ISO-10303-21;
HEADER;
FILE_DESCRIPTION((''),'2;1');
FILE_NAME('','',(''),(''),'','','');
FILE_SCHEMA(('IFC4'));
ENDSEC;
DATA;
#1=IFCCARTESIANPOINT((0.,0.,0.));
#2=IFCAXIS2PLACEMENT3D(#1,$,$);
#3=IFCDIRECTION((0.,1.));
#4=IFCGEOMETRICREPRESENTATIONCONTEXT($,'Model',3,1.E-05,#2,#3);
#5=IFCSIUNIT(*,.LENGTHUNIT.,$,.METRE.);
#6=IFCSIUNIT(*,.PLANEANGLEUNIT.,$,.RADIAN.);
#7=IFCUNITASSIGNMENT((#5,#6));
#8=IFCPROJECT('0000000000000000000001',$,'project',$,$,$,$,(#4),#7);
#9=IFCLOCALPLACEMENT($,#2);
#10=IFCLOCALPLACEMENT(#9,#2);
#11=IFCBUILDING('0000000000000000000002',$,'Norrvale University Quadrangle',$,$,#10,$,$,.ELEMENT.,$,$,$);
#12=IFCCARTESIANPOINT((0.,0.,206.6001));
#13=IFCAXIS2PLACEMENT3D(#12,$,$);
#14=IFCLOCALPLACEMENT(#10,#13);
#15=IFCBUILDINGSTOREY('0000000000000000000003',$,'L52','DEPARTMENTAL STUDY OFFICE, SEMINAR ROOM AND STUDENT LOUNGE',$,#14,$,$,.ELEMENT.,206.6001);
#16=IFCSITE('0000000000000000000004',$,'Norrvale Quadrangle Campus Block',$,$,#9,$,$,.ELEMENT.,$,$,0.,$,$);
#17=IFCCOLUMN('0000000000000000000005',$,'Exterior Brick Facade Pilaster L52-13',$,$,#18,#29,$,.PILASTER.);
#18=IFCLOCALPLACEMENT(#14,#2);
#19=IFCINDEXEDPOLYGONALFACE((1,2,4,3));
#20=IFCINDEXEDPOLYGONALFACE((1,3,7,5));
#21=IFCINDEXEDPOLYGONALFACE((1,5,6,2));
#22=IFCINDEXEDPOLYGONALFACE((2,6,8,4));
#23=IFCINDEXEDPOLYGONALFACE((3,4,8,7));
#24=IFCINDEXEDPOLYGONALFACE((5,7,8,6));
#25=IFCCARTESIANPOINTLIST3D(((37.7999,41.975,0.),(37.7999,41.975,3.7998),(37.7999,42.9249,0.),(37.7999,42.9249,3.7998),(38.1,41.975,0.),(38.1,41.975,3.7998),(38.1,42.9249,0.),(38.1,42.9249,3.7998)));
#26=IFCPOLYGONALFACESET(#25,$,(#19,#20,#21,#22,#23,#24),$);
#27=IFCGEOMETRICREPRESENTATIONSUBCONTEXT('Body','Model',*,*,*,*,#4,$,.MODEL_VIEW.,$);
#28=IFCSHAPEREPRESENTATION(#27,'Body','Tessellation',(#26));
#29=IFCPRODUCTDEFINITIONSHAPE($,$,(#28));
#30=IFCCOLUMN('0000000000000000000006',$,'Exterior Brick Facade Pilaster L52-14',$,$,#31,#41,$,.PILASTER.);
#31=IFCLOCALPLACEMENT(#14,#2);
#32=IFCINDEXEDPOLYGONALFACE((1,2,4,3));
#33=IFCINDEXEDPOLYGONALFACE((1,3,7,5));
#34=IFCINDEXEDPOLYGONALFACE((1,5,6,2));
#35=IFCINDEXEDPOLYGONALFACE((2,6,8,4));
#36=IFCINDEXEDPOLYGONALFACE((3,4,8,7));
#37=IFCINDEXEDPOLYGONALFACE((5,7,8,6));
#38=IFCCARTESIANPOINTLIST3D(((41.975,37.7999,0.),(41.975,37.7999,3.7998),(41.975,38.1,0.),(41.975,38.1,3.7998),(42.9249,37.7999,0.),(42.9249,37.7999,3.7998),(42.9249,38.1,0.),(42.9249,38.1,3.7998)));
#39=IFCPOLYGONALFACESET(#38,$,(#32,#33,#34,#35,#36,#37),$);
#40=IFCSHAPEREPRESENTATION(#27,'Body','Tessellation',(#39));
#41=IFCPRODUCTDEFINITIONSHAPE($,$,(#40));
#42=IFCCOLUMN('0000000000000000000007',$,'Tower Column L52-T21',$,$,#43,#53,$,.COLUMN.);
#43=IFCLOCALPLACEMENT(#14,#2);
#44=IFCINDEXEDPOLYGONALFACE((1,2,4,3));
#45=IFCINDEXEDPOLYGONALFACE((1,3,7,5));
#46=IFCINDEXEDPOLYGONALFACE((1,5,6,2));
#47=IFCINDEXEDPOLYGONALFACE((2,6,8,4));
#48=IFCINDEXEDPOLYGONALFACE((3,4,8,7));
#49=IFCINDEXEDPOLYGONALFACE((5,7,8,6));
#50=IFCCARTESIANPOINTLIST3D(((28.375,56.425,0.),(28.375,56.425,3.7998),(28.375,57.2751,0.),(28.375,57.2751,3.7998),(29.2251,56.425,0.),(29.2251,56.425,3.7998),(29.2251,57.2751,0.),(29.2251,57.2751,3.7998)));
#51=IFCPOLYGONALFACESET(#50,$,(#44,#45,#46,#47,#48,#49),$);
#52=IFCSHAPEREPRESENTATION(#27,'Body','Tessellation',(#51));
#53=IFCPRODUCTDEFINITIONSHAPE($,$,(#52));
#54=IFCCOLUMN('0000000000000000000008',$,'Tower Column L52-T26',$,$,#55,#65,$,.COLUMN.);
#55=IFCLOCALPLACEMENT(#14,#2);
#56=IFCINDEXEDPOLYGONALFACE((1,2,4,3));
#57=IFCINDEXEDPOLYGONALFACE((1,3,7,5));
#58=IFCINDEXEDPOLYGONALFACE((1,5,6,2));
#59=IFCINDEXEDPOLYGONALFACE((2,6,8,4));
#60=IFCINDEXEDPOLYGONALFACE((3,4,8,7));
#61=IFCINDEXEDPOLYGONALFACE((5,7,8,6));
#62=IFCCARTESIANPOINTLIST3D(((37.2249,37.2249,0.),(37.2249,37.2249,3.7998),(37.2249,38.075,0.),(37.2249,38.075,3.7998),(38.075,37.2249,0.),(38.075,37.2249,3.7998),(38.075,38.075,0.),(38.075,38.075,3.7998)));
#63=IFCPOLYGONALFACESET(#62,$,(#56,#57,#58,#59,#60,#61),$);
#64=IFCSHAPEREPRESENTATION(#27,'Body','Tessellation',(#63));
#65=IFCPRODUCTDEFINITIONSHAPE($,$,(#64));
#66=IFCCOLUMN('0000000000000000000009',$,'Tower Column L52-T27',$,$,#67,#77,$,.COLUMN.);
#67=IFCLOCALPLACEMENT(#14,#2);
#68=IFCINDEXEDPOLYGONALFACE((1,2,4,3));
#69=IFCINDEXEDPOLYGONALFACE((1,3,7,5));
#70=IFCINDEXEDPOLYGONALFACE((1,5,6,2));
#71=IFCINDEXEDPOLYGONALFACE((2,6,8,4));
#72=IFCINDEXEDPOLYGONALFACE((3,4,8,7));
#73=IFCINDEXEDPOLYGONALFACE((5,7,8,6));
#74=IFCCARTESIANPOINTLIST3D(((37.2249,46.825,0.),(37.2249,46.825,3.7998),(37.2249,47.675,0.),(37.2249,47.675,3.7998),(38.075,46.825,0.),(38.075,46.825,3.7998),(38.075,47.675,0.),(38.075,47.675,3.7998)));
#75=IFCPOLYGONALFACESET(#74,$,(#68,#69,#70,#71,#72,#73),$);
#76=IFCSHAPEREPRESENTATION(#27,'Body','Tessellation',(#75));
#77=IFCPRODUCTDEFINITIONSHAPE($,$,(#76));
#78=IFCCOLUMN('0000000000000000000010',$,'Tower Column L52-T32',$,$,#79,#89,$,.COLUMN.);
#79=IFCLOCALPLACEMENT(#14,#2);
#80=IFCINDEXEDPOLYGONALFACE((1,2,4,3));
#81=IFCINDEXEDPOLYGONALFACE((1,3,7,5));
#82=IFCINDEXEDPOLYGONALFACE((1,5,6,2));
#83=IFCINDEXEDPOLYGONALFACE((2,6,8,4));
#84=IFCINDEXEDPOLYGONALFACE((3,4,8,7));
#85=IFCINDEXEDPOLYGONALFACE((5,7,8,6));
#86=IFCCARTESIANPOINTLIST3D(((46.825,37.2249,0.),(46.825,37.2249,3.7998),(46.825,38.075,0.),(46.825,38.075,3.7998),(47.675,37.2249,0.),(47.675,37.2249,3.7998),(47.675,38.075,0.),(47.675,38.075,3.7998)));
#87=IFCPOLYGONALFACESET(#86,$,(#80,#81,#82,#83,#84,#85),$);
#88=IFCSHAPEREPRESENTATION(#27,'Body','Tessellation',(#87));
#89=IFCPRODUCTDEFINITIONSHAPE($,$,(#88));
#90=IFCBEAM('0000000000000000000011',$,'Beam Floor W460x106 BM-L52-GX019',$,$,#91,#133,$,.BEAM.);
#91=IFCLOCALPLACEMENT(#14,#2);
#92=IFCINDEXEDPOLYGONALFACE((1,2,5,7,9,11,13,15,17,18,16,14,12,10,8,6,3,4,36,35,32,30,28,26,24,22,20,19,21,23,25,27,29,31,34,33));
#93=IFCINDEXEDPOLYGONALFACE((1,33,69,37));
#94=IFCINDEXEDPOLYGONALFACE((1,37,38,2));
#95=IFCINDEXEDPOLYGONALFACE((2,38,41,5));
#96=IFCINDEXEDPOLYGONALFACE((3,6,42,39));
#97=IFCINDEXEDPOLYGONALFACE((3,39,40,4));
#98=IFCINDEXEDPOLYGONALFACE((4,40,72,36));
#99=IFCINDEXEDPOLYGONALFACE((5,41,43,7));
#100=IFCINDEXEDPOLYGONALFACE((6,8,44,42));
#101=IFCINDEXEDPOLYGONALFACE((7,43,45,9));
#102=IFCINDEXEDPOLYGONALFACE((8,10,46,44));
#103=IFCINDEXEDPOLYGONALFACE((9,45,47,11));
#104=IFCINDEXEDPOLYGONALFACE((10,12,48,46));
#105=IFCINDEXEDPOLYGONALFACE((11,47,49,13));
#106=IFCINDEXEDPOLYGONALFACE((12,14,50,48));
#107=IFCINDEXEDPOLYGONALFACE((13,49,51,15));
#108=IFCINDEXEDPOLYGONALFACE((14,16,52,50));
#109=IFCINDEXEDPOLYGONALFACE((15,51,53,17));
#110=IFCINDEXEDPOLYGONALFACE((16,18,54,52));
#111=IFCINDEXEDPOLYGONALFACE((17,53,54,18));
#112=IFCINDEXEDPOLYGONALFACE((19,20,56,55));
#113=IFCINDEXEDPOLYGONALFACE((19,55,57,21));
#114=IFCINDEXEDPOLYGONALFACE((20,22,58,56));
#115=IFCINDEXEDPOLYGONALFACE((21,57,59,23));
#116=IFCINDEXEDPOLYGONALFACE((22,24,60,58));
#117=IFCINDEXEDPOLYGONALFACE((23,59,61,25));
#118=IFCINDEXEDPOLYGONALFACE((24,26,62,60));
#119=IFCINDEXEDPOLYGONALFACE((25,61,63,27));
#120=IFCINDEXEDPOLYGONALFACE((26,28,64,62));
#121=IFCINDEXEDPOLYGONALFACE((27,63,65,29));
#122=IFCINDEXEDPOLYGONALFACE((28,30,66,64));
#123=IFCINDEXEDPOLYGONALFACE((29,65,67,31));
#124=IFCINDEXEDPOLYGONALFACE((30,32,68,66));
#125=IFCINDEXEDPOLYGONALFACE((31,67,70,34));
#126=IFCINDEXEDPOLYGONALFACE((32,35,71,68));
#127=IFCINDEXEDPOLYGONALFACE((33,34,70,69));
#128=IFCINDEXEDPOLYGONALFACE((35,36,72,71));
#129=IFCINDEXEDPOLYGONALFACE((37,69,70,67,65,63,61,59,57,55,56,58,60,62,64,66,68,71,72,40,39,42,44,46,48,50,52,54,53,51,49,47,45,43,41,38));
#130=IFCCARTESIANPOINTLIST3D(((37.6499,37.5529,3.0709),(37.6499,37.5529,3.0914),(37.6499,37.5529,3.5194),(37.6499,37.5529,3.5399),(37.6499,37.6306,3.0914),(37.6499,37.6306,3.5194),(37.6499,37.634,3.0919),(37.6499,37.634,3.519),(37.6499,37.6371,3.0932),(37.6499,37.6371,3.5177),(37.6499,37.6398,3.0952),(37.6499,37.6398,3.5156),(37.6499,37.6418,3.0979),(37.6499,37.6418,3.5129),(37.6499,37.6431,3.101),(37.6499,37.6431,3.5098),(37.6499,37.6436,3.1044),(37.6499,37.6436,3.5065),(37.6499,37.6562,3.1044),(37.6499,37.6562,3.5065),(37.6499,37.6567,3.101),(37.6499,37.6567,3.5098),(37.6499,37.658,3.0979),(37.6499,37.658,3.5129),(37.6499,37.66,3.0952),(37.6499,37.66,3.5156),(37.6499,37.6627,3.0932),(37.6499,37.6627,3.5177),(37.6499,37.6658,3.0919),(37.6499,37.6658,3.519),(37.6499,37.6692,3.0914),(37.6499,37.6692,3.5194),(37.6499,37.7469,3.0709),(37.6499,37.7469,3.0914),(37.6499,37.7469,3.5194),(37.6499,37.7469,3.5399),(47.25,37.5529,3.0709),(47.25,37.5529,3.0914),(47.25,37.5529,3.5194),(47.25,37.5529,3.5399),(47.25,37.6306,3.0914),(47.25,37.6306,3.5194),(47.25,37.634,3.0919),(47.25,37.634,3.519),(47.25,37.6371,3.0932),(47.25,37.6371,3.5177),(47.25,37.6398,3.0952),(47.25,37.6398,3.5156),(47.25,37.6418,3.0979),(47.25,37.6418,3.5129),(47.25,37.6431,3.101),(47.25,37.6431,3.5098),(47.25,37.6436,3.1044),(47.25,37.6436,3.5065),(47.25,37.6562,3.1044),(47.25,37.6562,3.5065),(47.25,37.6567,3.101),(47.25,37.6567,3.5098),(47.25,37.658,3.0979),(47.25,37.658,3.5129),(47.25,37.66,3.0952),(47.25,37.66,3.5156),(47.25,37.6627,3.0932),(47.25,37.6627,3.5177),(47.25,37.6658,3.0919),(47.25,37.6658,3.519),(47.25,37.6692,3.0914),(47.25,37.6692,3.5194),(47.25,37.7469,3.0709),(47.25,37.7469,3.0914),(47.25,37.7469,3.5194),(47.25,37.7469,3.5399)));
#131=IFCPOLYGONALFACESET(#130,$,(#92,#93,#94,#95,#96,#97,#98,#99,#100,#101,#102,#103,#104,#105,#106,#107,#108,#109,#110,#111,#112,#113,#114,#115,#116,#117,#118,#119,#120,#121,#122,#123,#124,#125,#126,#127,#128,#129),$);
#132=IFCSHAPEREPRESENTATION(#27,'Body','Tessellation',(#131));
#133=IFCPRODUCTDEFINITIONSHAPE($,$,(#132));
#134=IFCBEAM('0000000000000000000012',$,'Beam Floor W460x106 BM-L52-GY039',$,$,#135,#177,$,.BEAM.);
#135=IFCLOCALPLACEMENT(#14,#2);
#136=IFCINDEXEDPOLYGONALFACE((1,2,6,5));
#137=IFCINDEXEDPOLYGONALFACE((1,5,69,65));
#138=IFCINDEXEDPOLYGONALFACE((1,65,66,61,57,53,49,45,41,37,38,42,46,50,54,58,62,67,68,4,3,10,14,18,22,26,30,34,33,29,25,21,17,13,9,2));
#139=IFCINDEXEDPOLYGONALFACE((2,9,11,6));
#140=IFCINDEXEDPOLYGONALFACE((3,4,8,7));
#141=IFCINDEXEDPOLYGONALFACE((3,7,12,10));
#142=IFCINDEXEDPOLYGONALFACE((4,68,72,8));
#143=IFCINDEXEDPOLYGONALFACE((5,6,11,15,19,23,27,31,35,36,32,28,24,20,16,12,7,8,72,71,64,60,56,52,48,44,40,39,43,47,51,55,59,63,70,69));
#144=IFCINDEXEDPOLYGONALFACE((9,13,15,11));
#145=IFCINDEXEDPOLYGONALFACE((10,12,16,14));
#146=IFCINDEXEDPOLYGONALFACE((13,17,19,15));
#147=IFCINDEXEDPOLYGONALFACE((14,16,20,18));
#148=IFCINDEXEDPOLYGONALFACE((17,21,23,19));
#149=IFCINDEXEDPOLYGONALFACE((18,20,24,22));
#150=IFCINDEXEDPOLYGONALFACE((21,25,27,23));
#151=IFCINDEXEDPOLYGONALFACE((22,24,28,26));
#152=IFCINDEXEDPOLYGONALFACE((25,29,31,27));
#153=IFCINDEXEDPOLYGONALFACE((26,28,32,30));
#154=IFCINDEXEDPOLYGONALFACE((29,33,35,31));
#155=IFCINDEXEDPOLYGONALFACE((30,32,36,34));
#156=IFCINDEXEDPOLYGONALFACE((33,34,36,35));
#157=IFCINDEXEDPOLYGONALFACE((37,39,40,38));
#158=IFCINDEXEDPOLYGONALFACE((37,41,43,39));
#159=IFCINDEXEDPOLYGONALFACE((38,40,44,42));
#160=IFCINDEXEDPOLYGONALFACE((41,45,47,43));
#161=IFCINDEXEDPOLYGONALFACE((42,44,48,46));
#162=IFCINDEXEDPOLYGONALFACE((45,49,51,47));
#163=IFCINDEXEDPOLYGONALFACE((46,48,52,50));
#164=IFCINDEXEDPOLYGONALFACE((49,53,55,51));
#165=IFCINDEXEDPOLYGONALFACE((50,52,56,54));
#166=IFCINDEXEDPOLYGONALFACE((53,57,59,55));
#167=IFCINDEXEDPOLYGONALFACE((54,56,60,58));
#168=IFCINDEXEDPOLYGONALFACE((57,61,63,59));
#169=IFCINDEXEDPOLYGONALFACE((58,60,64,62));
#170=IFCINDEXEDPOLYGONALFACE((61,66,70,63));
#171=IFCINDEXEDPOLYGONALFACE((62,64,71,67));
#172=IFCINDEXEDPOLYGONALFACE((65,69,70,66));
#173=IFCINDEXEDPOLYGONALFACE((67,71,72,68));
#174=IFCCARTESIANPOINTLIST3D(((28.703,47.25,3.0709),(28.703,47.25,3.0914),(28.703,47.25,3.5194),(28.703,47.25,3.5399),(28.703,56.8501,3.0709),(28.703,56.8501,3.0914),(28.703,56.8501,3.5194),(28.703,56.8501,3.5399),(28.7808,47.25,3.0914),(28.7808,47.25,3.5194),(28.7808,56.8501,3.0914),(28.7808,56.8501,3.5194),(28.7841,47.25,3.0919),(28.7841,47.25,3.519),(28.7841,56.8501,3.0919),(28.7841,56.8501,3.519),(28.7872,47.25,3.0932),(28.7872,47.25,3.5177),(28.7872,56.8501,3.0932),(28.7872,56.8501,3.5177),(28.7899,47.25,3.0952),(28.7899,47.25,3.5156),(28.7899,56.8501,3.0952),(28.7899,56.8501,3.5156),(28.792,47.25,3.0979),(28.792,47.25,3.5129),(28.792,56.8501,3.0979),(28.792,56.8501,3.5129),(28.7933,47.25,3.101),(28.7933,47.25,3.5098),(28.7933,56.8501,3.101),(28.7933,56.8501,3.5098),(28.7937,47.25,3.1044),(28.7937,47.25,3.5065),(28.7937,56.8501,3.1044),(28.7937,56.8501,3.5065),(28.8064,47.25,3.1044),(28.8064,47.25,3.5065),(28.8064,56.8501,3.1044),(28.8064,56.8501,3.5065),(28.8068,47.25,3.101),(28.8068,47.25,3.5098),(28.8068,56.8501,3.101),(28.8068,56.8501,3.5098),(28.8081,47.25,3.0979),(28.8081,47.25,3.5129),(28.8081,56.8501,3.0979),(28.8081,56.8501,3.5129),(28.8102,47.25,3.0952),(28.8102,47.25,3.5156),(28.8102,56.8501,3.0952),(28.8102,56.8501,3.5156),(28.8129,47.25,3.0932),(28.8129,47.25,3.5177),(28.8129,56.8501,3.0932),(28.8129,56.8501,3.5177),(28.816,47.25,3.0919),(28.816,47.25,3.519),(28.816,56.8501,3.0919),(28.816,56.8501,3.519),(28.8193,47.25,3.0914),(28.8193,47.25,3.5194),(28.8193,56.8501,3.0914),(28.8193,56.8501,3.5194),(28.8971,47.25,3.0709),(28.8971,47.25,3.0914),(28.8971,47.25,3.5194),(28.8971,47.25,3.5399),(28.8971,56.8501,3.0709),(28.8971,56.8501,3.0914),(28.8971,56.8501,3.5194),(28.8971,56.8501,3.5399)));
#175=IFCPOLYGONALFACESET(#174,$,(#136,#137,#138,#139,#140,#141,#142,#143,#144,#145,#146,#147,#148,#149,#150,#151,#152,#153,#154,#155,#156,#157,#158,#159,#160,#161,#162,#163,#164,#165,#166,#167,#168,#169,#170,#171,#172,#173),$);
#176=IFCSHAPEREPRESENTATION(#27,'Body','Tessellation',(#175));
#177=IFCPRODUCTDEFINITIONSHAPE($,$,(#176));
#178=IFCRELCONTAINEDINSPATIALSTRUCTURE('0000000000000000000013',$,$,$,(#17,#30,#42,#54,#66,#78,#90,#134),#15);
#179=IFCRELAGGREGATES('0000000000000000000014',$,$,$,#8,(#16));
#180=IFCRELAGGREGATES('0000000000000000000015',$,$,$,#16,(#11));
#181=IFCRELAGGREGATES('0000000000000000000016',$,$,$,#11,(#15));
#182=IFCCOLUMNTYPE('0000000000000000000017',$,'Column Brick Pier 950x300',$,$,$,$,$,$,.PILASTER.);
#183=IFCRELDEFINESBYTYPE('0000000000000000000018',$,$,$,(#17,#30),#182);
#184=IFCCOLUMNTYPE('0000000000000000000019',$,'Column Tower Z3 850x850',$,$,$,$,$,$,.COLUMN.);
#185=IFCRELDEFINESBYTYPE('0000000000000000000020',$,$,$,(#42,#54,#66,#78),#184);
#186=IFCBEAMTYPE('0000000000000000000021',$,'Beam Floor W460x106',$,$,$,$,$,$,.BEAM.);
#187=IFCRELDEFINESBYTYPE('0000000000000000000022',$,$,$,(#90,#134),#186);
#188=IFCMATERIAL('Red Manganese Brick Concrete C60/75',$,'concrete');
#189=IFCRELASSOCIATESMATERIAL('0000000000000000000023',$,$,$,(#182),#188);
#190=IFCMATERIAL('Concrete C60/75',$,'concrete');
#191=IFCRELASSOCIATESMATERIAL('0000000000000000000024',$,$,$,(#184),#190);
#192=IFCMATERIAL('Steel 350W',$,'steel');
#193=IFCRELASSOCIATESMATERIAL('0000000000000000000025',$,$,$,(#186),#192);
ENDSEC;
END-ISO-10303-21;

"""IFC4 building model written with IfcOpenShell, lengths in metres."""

from ifc_helpers import new_model, si_unit, direction, frame, origin, origin_2d, place, context, subcontext, project, spatial, rectangle, i_section, extrude, material, material_profile, profile_set, type_object, element, save


model = new_model("IFC4")

# Units and contexts
model_context = context("Model", 3, precision=1e-05, world=origin(), true_north=direction((0.0, 1.0)))
body_context = subcontext(model_context, "Body", "Model", "MODEL_VIEW")
ifc_project = project(units=[si_unit("LENGTHUNIT", "METRE"), si_unit("PLANEANGLEUNIT", "RADIAN")], contexts=[model_context])

# Site, building, storey
site_placement = place(None, origin())
site = spatial("IfcSite", under=ifc_project, at=site_placement, Name="Norrvale Quadrangle Campus Block", CompositionType="ELEMENT", RefElevation=0.0)
building_placement = place(site_placement, origin())
building = spatial("IfcBuilding", under=site, at=building_placement, Name="Norrvale University Quadrangle", CompositionType="ELEMENT")
storey_placement = place(building_placement, frame((0.0, 0.0, 206.6001)))
storey = spatial("IfcBuildingStorey", under=building, at=storey_placement, Name="L52", Description="DEPARTMENTAL STUDY OFFICE, SEMINAR ROOM AND STUDENT LOUNGE", CompositionType="ELEMENT", Elevation=206.6001)

# Columns
ifc_material_1 = material(Name="Red Manganese Brick Concrete C60/75", Category="concrete")
ifc_material_profile_1 = material_profile(ifc_material_1, rectangle(XDim=0.95, YDim=0.3, at=origin_2d()), Name="Red Manganese Brick Concrete C60/75")
ifc_profile_set_1 = profile_set([ifc_material_profile_1], Name="Red Manganese Brick Concrete C60/75")
column_type_1 = type_object("IfcColumnType", Name="Column Brick Pier 950x300", PredefinedType="PILASTER", material=ifc_profile_set_1)
for number, where, z_axis, x_axis, name in (
    (1, (37.95, 42.45, 0.0), (0.0, 0.0, 1.0), (0.0, 1.0, 0.0), "Exterior Brick Facade Pilaster L52-13"),
    (2, (42.45, 37.95, 0.0), (0.0, 0.0, 1.0), (1.0, 0.0, 0.0), "Exterior Brick Facade Pilaster L52-14"),
):
    element("IfcColumn", number, at=place(storey_placement, frame(where, z_axis=z_axis, x_axis=x_axis)), inside=storey, type_object=column_type_1, Name=name, PredefinedType="PILASTER", context=body_context, shape_type="SweptSolid", body=[
        extrude(rectangle(XDim=0.95, YDim=0.3, at=origin_2d()), origin(), (0.0, 0.0, 1.0), 3.7998),
    ])
ifc_material_2 = material(Name="Concrete C60/75", Category="concrete")
ifc_material_profile_2 = material_profile(ifc_material_2, rectangle(XDim=0.8501, YDim=0.8501, at=origin_2d()), Name="Concrete C60/75")
ifc_profile_set_2 = profile_set([ifc_material_profile_2], Name="Concrete C60/75")
column_type_2 = type_object("IfcColumnType", Name="Column Tower Z3 850x850", PredefinedType="COLUMN", material=ifc_profile_set_2)
for number, where, z_axis, x_axis, name in (
    (3, (28.8, 56.8501, 0.0), (0.0, 0.0, 1.0), (1.0, 0.0, 0.0), "Tower Column L52-T21"),
    (4, (37.6499, 37.6499, 0.0), (0.0, 0.0, 1.0), (1.0, 0.0, 0.0), "Tower Column L52-T26"),
    (5, (37.6499, 47.25, 0.0), (0.0, 0.0, 1.0), (1.0, 0.0, 0.0), "Tower Column L52-T27"),
    (6, (47.25, 37.6499, 0.0), (0.0, 0.0, 1.0), (1.0, 0.0, 0.0), "Tower Column L52-T32"),
):
    element("IfcColumn", number, at=place(storey_placement, frame(where, z_axis=z_axis, x_axis=x_axis)), inside=storey, type_object=column_type_2, Name=name, PredefinedType="COLUMN", context=body_context, shape_type="SweptSolid", body=[
        extrude(rectangle(XDim=0.8501, YDim=0.8501, at=origin_2d()), origin(), (0.0, 0.0, 1.0), 3.7998),
    ])

# Beams
ifc_material_3 = material(Name="Steel 350W", Category="steel")
ifc_material_profile_3 = material_profile(ifc_material_3, i_section(OverallWidth=0.1941, OverallDepth=0.469, WebThickness=0.0127, FlangeThickness=0.0205, FilletRadius=0.0129, at=origin_2d()), Name="Steel 350W")
ifc_profile_set_3 = profile_set([ifc_material_profile_3], Name="Steel 350W")
beam_type_1 = type_object("IfcBeamType", Name="Beam Floor W460x106", PredefinedType="BEAM", material=ifc_profile_set_3)
for number, where, z_axis, x_axis, name in (
    (7, (37.6499, 37.6499, 3.3054), (1.0, 0.0, 0.0), (0.0, 1.0, 0.0), "Beam Floor W460x106 BM-L52-GX019"),
    (8, (28.8, 47.25, 3.3054), (0.0, 1.0, 0.0), (-1.0, 0.0, 0.0), "Beam Floor W460x106 BM-L52-GY039"),
):
    element("IfcBeam", number, at=place(storey_placement, frame(where, z_axis=z_axis, x_axis=x_axis)), inside=storey, type_object=beam_type_1, Name=name, PredefinedType="BEAM", context=body_context, shape_type="SweptSolid", body=[
        extrude(i_section(OverallWidth=0.1941, OverallDepth=0.469, WebThickness=0.0127, FlangeThickness=0.0205, FilletRadius=0.0129, at=origin_2d()), origin(), (0.0, 0.0, 1.0), 9.6001),
    ])

save(model, "model.ifc")
